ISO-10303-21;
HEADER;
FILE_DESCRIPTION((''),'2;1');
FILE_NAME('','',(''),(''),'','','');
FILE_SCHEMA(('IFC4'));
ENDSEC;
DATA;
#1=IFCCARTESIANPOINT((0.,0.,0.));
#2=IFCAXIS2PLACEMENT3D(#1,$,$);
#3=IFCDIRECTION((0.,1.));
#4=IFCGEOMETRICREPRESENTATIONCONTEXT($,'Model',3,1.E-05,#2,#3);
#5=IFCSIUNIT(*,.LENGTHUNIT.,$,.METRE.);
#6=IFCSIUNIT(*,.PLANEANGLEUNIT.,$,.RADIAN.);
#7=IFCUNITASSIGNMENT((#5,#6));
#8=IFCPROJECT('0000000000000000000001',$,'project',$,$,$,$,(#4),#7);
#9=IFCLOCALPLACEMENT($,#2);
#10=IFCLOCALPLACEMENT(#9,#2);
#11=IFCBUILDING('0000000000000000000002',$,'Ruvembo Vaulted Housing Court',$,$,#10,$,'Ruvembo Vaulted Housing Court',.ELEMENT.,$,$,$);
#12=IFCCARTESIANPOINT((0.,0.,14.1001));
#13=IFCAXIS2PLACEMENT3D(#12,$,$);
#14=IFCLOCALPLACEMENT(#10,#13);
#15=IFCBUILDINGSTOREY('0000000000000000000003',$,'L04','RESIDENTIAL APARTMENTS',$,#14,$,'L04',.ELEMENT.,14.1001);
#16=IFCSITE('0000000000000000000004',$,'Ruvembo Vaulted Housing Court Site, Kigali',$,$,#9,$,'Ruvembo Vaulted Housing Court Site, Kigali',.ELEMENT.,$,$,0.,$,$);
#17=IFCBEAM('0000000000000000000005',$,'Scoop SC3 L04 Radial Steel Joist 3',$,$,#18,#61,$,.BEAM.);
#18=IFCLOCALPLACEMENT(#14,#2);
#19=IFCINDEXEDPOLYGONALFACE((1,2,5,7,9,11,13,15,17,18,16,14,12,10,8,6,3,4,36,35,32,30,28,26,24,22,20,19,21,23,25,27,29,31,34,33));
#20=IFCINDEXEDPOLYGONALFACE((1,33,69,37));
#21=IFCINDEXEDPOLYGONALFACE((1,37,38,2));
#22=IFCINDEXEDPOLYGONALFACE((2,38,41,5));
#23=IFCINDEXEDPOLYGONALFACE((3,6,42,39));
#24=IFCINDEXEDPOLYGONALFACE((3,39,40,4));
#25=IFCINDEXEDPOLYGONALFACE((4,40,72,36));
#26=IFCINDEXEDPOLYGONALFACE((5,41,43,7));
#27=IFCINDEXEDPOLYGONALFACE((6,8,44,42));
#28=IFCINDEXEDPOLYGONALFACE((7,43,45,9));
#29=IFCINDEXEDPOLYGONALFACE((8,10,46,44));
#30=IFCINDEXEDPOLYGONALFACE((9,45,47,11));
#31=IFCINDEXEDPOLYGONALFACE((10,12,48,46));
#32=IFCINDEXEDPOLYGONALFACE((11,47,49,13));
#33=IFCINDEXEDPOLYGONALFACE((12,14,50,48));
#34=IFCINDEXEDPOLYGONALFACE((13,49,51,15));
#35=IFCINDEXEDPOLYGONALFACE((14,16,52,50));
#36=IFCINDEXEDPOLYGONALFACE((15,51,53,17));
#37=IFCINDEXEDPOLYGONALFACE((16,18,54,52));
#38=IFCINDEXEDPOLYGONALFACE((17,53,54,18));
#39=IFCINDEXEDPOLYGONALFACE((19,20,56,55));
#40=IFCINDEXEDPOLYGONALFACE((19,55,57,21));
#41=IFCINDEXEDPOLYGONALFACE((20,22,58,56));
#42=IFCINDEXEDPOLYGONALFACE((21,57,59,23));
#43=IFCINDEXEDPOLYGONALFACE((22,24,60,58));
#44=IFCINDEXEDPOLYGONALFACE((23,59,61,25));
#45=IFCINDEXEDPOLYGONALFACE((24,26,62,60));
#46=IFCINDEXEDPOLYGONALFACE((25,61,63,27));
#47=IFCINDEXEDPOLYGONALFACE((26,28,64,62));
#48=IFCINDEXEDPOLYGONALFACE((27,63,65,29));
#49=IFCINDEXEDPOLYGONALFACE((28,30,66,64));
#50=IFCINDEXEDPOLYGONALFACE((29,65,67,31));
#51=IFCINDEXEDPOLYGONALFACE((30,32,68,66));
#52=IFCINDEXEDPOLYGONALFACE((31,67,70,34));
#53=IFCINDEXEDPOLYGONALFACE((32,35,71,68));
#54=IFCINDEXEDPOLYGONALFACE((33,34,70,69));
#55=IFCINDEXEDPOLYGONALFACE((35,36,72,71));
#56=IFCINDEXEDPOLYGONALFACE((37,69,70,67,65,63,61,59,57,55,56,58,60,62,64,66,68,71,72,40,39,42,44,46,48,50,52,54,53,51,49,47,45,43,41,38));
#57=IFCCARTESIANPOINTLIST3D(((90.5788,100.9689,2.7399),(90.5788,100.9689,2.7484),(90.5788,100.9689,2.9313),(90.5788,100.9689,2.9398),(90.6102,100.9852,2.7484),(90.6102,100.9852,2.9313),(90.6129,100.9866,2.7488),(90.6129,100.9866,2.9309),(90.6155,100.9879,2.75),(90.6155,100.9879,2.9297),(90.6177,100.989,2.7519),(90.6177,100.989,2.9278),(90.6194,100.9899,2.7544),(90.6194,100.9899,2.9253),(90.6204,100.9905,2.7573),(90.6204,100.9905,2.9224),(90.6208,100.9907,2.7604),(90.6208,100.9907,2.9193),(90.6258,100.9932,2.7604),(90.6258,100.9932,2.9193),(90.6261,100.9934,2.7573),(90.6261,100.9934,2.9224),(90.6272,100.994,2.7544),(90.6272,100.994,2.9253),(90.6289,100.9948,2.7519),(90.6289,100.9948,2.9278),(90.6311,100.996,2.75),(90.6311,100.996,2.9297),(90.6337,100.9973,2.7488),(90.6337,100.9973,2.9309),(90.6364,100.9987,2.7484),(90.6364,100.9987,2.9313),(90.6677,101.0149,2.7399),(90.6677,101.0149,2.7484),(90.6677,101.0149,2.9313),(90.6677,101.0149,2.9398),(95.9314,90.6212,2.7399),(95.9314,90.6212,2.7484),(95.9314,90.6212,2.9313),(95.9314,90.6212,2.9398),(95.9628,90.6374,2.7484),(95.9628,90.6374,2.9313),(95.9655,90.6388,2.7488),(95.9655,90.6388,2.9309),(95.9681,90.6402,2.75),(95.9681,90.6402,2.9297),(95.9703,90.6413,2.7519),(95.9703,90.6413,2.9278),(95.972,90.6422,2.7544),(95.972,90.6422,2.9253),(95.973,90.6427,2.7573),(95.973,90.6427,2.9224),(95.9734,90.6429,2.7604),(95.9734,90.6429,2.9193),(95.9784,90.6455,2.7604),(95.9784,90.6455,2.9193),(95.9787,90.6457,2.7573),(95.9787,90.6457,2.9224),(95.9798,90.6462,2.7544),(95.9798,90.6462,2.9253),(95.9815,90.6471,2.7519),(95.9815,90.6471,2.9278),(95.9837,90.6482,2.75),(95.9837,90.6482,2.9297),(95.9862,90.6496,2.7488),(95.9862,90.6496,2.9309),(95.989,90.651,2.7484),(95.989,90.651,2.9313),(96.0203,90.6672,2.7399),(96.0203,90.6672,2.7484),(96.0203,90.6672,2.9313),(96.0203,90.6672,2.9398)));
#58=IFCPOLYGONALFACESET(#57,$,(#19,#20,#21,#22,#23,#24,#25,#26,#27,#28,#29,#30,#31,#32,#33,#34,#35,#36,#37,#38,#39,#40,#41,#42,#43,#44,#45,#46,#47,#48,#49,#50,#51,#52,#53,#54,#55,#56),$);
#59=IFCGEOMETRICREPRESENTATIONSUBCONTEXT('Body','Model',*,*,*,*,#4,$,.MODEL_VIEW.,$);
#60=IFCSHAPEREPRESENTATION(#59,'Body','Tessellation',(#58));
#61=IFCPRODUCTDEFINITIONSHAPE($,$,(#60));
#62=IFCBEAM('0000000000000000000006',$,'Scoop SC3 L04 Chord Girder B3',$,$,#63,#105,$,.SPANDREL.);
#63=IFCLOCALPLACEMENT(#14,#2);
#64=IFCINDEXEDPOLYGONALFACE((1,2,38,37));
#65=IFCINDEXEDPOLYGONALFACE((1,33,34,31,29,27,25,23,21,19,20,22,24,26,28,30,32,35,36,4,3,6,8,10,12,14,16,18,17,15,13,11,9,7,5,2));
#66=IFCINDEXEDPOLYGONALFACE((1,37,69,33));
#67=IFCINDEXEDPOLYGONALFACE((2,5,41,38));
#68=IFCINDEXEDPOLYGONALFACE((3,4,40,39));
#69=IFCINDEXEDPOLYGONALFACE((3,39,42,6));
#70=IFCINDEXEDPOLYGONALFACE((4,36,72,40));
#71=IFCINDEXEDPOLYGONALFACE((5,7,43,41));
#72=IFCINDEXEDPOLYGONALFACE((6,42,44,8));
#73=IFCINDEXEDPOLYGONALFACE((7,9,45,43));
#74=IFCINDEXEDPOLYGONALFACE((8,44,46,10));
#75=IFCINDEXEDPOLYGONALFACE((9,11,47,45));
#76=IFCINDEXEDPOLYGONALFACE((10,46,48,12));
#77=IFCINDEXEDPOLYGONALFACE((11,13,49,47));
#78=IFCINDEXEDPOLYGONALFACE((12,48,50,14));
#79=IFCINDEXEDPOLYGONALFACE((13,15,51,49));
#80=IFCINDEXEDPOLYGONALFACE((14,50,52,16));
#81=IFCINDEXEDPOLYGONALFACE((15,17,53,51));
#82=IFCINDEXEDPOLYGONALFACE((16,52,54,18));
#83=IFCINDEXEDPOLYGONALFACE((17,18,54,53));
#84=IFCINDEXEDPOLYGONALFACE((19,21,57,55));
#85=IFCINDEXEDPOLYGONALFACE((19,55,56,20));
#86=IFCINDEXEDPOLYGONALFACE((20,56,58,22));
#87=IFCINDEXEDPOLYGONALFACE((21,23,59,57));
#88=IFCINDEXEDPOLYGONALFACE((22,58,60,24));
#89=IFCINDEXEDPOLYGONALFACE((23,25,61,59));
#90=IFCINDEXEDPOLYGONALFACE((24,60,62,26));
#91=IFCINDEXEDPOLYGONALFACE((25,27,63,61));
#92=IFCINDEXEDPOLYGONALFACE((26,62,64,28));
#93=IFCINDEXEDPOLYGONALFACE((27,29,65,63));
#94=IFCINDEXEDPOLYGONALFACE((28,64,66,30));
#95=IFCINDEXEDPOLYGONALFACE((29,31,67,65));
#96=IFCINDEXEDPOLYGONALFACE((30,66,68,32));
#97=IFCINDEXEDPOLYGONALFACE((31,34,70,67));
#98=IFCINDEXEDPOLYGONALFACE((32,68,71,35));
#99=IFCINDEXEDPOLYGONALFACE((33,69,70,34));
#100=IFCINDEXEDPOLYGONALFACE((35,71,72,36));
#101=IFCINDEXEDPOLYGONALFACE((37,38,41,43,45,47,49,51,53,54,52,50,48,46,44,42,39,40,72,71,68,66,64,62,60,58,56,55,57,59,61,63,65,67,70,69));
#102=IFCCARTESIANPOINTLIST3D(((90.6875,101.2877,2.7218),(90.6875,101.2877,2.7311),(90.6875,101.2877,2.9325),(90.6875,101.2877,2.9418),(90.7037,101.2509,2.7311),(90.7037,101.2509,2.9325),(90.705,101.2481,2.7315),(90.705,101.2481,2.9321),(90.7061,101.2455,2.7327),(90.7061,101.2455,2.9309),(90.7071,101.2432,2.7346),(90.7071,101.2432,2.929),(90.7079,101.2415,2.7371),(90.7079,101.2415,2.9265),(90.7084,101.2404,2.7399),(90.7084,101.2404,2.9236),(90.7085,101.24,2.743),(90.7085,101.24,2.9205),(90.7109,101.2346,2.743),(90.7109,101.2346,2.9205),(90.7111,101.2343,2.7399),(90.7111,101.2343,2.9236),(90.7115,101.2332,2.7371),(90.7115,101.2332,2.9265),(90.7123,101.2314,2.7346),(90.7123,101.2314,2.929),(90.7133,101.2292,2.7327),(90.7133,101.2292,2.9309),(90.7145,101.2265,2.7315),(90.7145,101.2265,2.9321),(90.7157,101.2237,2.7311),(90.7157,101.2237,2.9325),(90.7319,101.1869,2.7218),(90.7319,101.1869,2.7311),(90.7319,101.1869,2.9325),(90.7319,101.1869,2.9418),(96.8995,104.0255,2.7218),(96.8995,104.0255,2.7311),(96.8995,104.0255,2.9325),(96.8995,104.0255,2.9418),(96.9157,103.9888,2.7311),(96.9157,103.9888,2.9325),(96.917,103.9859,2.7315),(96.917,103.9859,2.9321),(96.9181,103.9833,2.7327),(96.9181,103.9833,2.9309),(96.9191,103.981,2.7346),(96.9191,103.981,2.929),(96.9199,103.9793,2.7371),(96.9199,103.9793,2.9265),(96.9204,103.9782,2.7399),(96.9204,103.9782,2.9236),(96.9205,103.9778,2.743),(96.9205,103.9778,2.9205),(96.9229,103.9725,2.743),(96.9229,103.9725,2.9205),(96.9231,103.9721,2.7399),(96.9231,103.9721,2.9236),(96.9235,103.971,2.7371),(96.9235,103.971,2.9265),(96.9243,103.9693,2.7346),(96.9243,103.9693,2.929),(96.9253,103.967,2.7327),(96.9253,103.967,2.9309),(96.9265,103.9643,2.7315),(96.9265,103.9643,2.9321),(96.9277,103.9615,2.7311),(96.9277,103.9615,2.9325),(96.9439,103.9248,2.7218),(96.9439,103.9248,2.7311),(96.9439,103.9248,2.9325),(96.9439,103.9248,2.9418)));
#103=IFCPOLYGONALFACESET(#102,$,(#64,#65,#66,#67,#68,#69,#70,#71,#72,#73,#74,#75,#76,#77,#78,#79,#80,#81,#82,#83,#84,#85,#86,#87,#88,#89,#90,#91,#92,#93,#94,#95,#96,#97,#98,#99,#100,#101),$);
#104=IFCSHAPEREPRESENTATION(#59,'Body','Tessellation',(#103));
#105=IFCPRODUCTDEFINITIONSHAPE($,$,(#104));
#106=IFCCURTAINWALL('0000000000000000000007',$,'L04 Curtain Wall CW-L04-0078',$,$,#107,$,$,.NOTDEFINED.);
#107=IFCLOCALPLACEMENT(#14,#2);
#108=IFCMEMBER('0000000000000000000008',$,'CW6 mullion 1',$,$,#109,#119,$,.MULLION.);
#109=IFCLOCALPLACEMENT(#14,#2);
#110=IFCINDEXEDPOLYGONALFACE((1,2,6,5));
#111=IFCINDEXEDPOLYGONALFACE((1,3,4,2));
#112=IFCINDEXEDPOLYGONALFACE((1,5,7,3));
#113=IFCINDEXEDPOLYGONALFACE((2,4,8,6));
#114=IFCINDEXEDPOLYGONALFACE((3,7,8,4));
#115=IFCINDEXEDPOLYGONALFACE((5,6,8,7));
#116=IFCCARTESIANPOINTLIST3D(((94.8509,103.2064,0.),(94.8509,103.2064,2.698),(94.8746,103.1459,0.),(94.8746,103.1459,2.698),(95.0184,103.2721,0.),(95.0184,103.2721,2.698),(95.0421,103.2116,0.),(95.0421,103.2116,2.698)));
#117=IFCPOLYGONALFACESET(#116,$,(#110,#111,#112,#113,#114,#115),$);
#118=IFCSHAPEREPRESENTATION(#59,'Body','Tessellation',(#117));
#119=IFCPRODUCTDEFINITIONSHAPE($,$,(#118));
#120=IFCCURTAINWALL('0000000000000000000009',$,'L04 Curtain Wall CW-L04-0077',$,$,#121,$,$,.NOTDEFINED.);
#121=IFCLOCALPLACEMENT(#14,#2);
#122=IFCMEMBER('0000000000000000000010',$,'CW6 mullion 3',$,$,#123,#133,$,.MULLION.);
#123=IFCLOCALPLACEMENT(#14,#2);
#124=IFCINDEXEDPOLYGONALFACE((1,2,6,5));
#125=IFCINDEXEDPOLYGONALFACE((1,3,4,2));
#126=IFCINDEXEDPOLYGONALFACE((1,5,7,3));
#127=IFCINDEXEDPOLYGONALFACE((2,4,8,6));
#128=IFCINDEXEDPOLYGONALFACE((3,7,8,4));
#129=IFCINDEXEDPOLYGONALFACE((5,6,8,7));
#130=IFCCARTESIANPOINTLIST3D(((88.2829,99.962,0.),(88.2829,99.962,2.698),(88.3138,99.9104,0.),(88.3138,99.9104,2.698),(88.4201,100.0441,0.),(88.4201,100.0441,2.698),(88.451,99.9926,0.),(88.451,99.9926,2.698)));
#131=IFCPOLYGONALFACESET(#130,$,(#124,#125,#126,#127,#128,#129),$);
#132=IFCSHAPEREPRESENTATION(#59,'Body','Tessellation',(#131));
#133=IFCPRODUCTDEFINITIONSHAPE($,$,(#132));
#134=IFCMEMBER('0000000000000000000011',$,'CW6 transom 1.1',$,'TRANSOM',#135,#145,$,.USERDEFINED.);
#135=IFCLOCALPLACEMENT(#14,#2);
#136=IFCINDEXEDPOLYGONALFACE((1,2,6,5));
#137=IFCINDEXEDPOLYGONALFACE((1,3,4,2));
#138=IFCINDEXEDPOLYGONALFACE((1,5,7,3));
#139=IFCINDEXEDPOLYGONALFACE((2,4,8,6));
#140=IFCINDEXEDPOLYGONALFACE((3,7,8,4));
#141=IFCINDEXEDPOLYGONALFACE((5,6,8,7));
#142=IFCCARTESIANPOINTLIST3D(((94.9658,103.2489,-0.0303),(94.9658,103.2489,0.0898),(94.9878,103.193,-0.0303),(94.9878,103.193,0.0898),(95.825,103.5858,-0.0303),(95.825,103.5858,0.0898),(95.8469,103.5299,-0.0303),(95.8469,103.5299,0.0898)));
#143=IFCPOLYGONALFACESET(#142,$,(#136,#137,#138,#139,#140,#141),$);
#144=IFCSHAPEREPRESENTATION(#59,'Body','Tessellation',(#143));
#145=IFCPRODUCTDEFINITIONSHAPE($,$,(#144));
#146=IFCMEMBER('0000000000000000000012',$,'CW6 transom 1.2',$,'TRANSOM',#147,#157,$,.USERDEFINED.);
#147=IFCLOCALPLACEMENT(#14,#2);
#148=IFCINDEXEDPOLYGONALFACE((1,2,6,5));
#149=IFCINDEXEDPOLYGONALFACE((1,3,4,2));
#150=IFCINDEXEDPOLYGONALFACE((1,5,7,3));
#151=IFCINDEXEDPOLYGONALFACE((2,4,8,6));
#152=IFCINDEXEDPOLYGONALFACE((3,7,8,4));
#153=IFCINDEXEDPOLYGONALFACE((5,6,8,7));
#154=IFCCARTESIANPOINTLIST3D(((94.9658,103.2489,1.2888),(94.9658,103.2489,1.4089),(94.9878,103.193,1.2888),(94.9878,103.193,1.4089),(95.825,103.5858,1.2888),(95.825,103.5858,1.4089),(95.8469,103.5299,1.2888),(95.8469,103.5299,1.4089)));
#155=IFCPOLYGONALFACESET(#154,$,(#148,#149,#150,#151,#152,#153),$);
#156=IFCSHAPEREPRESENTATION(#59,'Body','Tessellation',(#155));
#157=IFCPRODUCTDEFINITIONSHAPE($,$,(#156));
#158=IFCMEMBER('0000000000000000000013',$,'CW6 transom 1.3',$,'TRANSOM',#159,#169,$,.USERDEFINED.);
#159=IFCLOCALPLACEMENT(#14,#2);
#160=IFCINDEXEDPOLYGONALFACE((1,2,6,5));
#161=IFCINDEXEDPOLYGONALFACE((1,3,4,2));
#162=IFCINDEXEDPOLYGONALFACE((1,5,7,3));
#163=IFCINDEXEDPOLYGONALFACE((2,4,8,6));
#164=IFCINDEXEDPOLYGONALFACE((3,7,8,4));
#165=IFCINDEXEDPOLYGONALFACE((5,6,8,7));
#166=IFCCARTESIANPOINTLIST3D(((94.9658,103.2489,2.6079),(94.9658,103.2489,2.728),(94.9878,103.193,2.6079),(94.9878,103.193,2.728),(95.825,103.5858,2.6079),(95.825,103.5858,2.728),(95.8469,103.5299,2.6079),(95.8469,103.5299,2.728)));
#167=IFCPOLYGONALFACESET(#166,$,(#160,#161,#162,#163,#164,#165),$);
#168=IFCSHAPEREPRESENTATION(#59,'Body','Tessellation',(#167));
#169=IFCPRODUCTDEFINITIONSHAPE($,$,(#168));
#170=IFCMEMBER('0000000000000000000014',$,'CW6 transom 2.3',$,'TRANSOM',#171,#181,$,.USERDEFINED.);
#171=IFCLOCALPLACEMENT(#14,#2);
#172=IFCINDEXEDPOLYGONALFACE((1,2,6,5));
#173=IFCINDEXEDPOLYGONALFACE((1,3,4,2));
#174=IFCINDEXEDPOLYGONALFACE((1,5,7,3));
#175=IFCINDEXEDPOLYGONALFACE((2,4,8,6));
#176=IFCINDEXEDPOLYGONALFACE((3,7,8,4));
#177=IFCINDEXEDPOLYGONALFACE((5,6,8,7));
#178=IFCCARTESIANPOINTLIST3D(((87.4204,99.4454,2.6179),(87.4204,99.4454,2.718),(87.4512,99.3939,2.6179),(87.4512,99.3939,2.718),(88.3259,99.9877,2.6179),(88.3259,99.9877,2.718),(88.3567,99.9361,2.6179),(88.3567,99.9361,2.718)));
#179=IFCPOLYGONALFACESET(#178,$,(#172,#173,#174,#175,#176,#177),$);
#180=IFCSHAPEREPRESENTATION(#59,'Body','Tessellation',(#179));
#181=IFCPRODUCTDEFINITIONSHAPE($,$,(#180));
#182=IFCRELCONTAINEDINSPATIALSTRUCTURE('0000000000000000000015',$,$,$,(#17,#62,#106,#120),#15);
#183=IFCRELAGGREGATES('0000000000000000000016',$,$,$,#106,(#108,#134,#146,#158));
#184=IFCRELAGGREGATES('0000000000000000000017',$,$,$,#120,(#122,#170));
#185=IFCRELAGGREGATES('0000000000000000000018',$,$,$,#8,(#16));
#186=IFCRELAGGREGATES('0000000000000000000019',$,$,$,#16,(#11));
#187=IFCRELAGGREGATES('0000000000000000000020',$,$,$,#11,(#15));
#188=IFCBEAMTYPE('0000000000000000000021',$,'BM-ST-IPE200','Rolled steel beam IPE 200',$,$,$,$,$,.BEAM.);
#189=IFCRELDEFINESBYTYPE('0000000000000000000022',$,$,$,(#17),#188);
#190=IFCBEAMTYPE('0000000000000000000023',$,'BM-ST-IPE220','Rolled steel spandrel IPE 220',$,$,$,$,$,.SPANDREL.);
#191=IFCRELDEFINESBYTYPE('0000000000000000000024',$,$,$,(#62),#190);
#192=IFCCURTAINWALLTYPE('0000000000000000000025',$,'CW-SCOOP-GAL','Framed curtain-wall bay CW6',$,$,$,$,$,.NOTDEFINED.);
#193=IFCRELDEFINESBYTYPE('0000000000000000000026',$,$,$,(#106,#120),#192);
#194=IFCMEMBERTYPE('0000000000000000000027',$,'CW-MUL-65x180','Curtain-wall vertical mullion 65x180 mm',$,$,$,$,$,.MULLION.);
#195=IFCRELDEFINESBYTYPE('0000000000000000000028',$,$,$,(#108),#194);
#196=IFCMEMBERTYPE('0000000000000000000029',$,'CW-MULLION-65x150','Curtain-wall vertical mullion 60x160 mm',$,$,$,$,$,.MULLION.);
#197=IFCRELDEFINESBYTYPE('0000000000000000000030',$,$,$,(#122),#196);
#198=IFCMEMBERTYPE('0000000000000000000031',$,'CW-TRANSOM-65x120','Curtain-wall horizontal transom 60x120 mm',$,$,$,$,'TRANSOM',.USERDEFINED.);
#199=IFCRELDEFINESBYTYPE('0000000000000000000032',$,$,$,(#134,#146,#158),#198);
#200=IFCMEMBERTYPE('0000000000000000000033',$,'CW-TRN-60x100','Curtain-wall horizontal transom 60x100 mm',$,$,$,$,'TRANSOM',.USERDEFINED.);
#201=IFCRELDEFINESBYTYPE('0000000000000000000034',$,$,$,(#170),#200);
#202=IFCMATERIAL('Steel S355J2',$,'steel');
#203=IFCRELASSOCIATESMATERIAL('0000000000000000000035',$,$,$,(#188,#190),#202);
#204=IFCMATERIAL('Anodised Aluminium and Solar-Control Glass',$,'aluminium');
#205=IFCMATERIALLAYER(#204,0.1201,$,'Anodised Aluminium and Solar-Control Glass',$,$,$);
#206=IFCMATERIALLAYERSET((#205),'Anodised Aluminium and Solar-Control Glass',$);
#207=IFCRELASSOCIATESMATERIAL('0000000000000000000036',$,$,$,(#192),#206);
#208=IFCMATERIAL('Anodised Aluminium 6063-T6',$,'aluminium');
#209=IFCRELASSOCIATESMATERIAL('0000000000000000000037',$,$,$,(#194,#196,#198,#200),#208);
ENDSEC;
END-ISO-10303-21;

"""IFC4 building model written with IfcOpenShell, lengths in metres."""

from ifc_helpers import new_model, si_unit, direction, frame, origin, origin_2d, place, context, subcontext, project, spatial, rectangle, i_section, extrude, material, layer, layer_set, material_profile, profile_set, type_object, element, aggregate, save


model = new_model("IFC4")

# Units and contexts
model_context = context("Model", 3, precision=1e-05, world=origin(), true_north=direction((0.0, 1.0)))
body_context = subcontext(model_context, "Body", "Model", "MODEL_VIEW")
ifc_project = project(units=[si_unit("LENGTHUNIT", "METRE"), si_unit("PLANEANGLEUNIT", "RADIAN")], contexts=[model_context])

# Site, building, storey
site_placement = place(None, origin())
site = spatial("IfcSite", under=ifc_project, at=site_placement, Name="Ruvembo Vaulted Housing Court Site, Kigali", LongName="Ruvembo Vaulted Housing Court Site, Kigali", CompositionType="ELEMENT", RefElevation=0.0)
building_placement = place(site_placement, origin())
building = spatial("IfcBuilding", under=site, at=building_placement, Name="Ruvembo Vaulted Housing Court", LongName="Ruvembo Vaulted Housing Court", CompositionType="ELEMENT")
storey_placement = place(building_placement, frame((0.0, 0.0, 14.1001)))
storey = spatial("IfcBuildingStorey", under=building, at=storey_placement, Name="L04", Description="RESIDENTIAL APARTMENTS", LongName="L04", CompositionType="ELEMENT", Elevation=14.1001)

# Beams
ifc_material_1 = material(Name="Steel S355J2", Category="steel")
ifc_material_profile_1 = material_profile(ifc_material_1, i_section(OverallWidth=0.1001, OverallDepth=0.2, WebThickness=0.0056, FlangeThickness=0.0085, FilletRadius=0.012, at=origin_2d()), Name="IPE 200")
ifc_profile_set_1 = profile_set([ifc_material_profile_1], Name="Steel S355J2")
beam_type_1 = type_object("IfcBeamType", Name="BM-ST-IPE200", Description="Rolled steel beam IPE 200", PredefinedType="BEAM", material=ifc_profile_set_1)
beam_1_placement = place(storey_placement, frame((90.6233, 100.9919, 2.8398), z_axis=(0.459443, -0.888207, 0.0), x_axis=(0.888207, 0.459443, 0.0)))
element("IfcBeam", 1, at=beam_1_placement, inside=storey, type_object=beam_type_1, Name="Scoop SC3 L04 Radial Steel Joist 3", PredefinedType="BEAM", context=body_context, shape_type="SweptSolid", body=[
    extrude(i_section(OverallWidth=0.1001, OverallDepth=0.2, WebThickness=0.0056, FlangeThickness=0.0085, FilletRadius=0.012, at=origin_2d()), origin(), (0.0, 0.0, 1.0), 11.6501),
])
ifc_material_profile_2 = material_profile(ifc_material_1, i_section(OverallWidth=0.1101, OverallDepth=0.22, WebThickness=0.0059, FlangeThickness=0.0093, FilletRadius=0.012, at=origin_2d()), Name="IPE 220")
ifc_profile_set_2 = profile_set([ifc_material_profile_2], Name="Steel S355J2")
beam_type_2 = type_object("IfcBeamType", Name="BM-ST-IPE220", Description="Rolled steel spandrel IPE 220", PredefinedType="SPANDREL", material=ifc_profile_set_2)
beam_2_placement = place(storey_placement, frame((90.7097, 101.2373, 2.8318), z_axis=(0.915068, 0.4033, 0.0), x_axis=(-0.4033, 0.915068, 0.0)))
element("IfcBeam", 2, at=beam_2_placement, inside=storey, type_object=beam_type_2, Name="Scoop SC3 L04 Chord Girder B3", PredefinedType="SPANDREL", context=body_context, shape_type="SweptSolid", body=[
    extrude(i_section(OverallWidth=0.1101, OverallDepth=0.22, WebThickness=0.0059, FlangeThickness=0.0093, FilletRadius=0.012, at=origin_2d()), origin(), (0.0, 0.0, 1.0), 6.7886),
])

# Curtain walls, members
ifc_material_2 = material(Name="Anodised Aluminium and Solar-Control Glass", Category="aluminium")
ifc_layer_1 = layer(ifc_material_2, 0.1201, Name="Anodised Aluminium and Solar-Control Glass")
ifc_layer_set_1 = layer_set([ifc_layer_1], Name="Anodised Aluminium and Solar-Control Glass")
curtain_wall_type = type_object("IfcCurtainWallType", Name="CW-SCOOP-GAL", Description="Framed curtain-wall bay CW6", PredefinedType="NOTDEFINED", material=ifc_layer_set_1)
curtain_wall_1_placement = place(storey_placement, origin())
curtain_wall_1 = element("IfcCurtainWall", 3, at=curtain_wall_1_placement, inside=storey, type_object=curtain_wall_type, Name="L04 Curtain Wall CW-L04-0078", PredefinedType="NOTDEFINED")
ifc_material_3 = material(Name="Anodised Aluminium 6063-T6", Category="aluminium")
ifc_material_profile_3 = material_profile(ifc_material_3, rectangle(XDim=0.0649, YDim=0.1799, at=origin_2d()), Name="ALU 65x180")
ifc_profile_set_3 = profile_set([ifc_material_profile_3], Name="Anodised Aluminium 6063-T6")
member_type_1 = type_object("IfcMemberType", Name="CW-MUL-65x180", Description="Curtain-wall vertical mullion 65x180 mm", PredefinedType="MULLION", material=ifc_profile_set_3)
member_1_placement = place(storey_placement, frame((94.9465, 103.209, 0.0), z_axis=(0.0, 0.0, 1.0), x_axis=(-0.365003, 0.931006, 0.0)))
member_1 = element("IfcMember", 4, at=member_1_placement, type_object=member_type_1, Name="CW6 mullion 1", PredefinedType="MULLION", context=body_context, shape_type="SweptSolid", body=[
    extrude(rectangle(XDim=0.0649, YDim=0.1799, at=origin_2d()), origin(), (0.0, 0.0, 1.0), 2.698),
])
curtain_wall_2_placement = place(storey_placement, origin())
curtain_wall_2 = element("IfcCurtainWall", 5, at=curtain_wall_2_placement, inside=storey, type_object=curtain_wall_type, Name="L04 Curtain Wall CW-L04-0077", PredefinedType="NOTDEFINED")
ifc_material_profile_4 = material_profile(ifc_material_3, rectangle(XDim=0.0601, YDim=0.1599, at=origin_2d()), Name="ALU 60x160")
ifc_profile_set_4 = profile_set([ifc_material_profile_4], Name="Anodised Aluminium 6063-T6")
member_type_2 = type_object("IfcMemberType", Name="CW-MULLION-65x150", Description="Curtain-wall vertical mullion 60x160 mm", PredefinedType="MULLION", material=ifc_profile_set_4)
member_2_placement = place(storey_placement, frame((88.3669, 99.9773, 0.0), z_axis=(0.0, 0.0, 1.0), x_axis=(-0.513828, 0.857893, 0.0)))
member_2 = element("IfcMember", 6, at=member_2_placement, type_object=member_type_2, Name="CW6 mullion 3", PredefinedType="MULLION", context=body_context, shape_type="SweptSolid", body=[
    extrude(rectangle(XDim=0.0601, YDim=0.1599, at=origin_2d()), origin(), (0.0, 0.0, 1.0), 2.698),
])

# Members
ifc_material_profile_5 = material_profile(ifc_material_3, rectangle(XDim=0.0601, YDim=0.1201, at=origin_2d()), Name="ALU 60x120")
ifc_profile_set_5 = profile_set([ifc_material_profile_5], Name="Anodised Aluminium 6063-T6")
member_type_3 = type_object("IfcMemberType", Name="CW-TRANSOM-65x120", Description="Curtain-wall horizontal transom 60x120 mm", ElementType="TRANSOM", PredefinedType="USERDEFINED", material=ifc_profile_set_5)
member_3_placement = place(storey_placement, frame((94.9768, 103.2209, 0.0298), z_axis=(0.930973, 0.365088, 0.0), x_axis=(-0.365088, 0.930973, 0.0)))
member_3 = element("IfcMember", 7, at=member_3_placement, type_object=member_type_3, Name="CW6 transom 1.1", ObjectType="TRANSOM", PredefinedType="USERDEFINED", context=body_context, shape_type="SweptSolid", body=[
    extrude(rectangle(XDim=0.0601, YDim=0.1201, at=origin_2d()), origin(), (0.0, 0.0, 1.0), 0.9229),
])
member_4_placement = place(storey_placement, frame((94.9768, 103.2209, 1.3489), z_axis=(0.930973, 0.365088, 0.0), x_axis=(-0.365088, 0.930973, 0.0)))
member_4 = element("IfcMember", 8, at=member_4_placement, type_object=member_type_3, Name="CW6 transom 1.2", ObjectType="TRANSOM", PredefinedType="USERDEFINED", context=body_context, shape_type="SweptSolid", body=[
    extrude(rectangle(XDim=0.0601, YDim=0.1201, at=origin_2d()), origin(), (0.0, 0.0, 1.0), 0.9229),
])
member_5_placement = place(storey_placement, frame((94.9768, 103.2209, 2.668), z_axis=(0.930973, 0.365088, 0.0), x_axis=(-0.365088, 0.930973, 0.0)))
member_5 = element("IfcMember", 9, at=member_5_placement, type_object=member_type_3, Name="CW6 transom 1.3", ObjectType="TRANSOM", PredefinedType="USERDEFINED", context=body_context, shape_type="SweptSolid", body=[
    extrude(rectangle(XDim=0.0601, YDim=0.1201, at=origin_2d()), origin(), (0.0, 0.0, 1.0), 0.9229),
])
aggregate(curtain_wall_1, [member_1, member_3, member_4, member_5])
ifc_material_profile_6 = material_profile(ifc_material_3, rectangle(XDim=0.0601, YDim=0.1001, at=origin_2d()), Name="ALU 60x100")
ifc_profile_set_6 = profile_set([ifc_material_profile_6], Name="Anodised Aluminium 6063-T6")
member_type_4 = type_object("IfcMemberType", Name="CW-TRN-60x100", Description="Curtain-wall horizontal transom 60x100 mm", ElementType="TRANSOM", PredefinedType="USERDEFINED", material=ifc_profile_set_6)
member_6_placement = place(storey_placement, frame((87.4358, 99.4197, 2.668), z_axis=(0.857942, 0.513747, 0.0), x_axis=(-0.513747, 0.857942, 0.0)))
member_6 = element("IfcMember", 10, at=member_6_placement, type_object=member_type_4, Name="CW6 transom 2.3", ObjectType="TRANSOM", PredefinedType="USERDEFINED", context=body_context, shape_type="SweptSolid", body=[
    extrude(rectangle(XDim=0.0601, YDim=0.1001, at=origin_2d()), origin(), (0.0, 0.0, 1.0), 1.0554),
])

aggregate(curtain_wall_2, [member_2, member_6])

save(model, "model.ifc")
